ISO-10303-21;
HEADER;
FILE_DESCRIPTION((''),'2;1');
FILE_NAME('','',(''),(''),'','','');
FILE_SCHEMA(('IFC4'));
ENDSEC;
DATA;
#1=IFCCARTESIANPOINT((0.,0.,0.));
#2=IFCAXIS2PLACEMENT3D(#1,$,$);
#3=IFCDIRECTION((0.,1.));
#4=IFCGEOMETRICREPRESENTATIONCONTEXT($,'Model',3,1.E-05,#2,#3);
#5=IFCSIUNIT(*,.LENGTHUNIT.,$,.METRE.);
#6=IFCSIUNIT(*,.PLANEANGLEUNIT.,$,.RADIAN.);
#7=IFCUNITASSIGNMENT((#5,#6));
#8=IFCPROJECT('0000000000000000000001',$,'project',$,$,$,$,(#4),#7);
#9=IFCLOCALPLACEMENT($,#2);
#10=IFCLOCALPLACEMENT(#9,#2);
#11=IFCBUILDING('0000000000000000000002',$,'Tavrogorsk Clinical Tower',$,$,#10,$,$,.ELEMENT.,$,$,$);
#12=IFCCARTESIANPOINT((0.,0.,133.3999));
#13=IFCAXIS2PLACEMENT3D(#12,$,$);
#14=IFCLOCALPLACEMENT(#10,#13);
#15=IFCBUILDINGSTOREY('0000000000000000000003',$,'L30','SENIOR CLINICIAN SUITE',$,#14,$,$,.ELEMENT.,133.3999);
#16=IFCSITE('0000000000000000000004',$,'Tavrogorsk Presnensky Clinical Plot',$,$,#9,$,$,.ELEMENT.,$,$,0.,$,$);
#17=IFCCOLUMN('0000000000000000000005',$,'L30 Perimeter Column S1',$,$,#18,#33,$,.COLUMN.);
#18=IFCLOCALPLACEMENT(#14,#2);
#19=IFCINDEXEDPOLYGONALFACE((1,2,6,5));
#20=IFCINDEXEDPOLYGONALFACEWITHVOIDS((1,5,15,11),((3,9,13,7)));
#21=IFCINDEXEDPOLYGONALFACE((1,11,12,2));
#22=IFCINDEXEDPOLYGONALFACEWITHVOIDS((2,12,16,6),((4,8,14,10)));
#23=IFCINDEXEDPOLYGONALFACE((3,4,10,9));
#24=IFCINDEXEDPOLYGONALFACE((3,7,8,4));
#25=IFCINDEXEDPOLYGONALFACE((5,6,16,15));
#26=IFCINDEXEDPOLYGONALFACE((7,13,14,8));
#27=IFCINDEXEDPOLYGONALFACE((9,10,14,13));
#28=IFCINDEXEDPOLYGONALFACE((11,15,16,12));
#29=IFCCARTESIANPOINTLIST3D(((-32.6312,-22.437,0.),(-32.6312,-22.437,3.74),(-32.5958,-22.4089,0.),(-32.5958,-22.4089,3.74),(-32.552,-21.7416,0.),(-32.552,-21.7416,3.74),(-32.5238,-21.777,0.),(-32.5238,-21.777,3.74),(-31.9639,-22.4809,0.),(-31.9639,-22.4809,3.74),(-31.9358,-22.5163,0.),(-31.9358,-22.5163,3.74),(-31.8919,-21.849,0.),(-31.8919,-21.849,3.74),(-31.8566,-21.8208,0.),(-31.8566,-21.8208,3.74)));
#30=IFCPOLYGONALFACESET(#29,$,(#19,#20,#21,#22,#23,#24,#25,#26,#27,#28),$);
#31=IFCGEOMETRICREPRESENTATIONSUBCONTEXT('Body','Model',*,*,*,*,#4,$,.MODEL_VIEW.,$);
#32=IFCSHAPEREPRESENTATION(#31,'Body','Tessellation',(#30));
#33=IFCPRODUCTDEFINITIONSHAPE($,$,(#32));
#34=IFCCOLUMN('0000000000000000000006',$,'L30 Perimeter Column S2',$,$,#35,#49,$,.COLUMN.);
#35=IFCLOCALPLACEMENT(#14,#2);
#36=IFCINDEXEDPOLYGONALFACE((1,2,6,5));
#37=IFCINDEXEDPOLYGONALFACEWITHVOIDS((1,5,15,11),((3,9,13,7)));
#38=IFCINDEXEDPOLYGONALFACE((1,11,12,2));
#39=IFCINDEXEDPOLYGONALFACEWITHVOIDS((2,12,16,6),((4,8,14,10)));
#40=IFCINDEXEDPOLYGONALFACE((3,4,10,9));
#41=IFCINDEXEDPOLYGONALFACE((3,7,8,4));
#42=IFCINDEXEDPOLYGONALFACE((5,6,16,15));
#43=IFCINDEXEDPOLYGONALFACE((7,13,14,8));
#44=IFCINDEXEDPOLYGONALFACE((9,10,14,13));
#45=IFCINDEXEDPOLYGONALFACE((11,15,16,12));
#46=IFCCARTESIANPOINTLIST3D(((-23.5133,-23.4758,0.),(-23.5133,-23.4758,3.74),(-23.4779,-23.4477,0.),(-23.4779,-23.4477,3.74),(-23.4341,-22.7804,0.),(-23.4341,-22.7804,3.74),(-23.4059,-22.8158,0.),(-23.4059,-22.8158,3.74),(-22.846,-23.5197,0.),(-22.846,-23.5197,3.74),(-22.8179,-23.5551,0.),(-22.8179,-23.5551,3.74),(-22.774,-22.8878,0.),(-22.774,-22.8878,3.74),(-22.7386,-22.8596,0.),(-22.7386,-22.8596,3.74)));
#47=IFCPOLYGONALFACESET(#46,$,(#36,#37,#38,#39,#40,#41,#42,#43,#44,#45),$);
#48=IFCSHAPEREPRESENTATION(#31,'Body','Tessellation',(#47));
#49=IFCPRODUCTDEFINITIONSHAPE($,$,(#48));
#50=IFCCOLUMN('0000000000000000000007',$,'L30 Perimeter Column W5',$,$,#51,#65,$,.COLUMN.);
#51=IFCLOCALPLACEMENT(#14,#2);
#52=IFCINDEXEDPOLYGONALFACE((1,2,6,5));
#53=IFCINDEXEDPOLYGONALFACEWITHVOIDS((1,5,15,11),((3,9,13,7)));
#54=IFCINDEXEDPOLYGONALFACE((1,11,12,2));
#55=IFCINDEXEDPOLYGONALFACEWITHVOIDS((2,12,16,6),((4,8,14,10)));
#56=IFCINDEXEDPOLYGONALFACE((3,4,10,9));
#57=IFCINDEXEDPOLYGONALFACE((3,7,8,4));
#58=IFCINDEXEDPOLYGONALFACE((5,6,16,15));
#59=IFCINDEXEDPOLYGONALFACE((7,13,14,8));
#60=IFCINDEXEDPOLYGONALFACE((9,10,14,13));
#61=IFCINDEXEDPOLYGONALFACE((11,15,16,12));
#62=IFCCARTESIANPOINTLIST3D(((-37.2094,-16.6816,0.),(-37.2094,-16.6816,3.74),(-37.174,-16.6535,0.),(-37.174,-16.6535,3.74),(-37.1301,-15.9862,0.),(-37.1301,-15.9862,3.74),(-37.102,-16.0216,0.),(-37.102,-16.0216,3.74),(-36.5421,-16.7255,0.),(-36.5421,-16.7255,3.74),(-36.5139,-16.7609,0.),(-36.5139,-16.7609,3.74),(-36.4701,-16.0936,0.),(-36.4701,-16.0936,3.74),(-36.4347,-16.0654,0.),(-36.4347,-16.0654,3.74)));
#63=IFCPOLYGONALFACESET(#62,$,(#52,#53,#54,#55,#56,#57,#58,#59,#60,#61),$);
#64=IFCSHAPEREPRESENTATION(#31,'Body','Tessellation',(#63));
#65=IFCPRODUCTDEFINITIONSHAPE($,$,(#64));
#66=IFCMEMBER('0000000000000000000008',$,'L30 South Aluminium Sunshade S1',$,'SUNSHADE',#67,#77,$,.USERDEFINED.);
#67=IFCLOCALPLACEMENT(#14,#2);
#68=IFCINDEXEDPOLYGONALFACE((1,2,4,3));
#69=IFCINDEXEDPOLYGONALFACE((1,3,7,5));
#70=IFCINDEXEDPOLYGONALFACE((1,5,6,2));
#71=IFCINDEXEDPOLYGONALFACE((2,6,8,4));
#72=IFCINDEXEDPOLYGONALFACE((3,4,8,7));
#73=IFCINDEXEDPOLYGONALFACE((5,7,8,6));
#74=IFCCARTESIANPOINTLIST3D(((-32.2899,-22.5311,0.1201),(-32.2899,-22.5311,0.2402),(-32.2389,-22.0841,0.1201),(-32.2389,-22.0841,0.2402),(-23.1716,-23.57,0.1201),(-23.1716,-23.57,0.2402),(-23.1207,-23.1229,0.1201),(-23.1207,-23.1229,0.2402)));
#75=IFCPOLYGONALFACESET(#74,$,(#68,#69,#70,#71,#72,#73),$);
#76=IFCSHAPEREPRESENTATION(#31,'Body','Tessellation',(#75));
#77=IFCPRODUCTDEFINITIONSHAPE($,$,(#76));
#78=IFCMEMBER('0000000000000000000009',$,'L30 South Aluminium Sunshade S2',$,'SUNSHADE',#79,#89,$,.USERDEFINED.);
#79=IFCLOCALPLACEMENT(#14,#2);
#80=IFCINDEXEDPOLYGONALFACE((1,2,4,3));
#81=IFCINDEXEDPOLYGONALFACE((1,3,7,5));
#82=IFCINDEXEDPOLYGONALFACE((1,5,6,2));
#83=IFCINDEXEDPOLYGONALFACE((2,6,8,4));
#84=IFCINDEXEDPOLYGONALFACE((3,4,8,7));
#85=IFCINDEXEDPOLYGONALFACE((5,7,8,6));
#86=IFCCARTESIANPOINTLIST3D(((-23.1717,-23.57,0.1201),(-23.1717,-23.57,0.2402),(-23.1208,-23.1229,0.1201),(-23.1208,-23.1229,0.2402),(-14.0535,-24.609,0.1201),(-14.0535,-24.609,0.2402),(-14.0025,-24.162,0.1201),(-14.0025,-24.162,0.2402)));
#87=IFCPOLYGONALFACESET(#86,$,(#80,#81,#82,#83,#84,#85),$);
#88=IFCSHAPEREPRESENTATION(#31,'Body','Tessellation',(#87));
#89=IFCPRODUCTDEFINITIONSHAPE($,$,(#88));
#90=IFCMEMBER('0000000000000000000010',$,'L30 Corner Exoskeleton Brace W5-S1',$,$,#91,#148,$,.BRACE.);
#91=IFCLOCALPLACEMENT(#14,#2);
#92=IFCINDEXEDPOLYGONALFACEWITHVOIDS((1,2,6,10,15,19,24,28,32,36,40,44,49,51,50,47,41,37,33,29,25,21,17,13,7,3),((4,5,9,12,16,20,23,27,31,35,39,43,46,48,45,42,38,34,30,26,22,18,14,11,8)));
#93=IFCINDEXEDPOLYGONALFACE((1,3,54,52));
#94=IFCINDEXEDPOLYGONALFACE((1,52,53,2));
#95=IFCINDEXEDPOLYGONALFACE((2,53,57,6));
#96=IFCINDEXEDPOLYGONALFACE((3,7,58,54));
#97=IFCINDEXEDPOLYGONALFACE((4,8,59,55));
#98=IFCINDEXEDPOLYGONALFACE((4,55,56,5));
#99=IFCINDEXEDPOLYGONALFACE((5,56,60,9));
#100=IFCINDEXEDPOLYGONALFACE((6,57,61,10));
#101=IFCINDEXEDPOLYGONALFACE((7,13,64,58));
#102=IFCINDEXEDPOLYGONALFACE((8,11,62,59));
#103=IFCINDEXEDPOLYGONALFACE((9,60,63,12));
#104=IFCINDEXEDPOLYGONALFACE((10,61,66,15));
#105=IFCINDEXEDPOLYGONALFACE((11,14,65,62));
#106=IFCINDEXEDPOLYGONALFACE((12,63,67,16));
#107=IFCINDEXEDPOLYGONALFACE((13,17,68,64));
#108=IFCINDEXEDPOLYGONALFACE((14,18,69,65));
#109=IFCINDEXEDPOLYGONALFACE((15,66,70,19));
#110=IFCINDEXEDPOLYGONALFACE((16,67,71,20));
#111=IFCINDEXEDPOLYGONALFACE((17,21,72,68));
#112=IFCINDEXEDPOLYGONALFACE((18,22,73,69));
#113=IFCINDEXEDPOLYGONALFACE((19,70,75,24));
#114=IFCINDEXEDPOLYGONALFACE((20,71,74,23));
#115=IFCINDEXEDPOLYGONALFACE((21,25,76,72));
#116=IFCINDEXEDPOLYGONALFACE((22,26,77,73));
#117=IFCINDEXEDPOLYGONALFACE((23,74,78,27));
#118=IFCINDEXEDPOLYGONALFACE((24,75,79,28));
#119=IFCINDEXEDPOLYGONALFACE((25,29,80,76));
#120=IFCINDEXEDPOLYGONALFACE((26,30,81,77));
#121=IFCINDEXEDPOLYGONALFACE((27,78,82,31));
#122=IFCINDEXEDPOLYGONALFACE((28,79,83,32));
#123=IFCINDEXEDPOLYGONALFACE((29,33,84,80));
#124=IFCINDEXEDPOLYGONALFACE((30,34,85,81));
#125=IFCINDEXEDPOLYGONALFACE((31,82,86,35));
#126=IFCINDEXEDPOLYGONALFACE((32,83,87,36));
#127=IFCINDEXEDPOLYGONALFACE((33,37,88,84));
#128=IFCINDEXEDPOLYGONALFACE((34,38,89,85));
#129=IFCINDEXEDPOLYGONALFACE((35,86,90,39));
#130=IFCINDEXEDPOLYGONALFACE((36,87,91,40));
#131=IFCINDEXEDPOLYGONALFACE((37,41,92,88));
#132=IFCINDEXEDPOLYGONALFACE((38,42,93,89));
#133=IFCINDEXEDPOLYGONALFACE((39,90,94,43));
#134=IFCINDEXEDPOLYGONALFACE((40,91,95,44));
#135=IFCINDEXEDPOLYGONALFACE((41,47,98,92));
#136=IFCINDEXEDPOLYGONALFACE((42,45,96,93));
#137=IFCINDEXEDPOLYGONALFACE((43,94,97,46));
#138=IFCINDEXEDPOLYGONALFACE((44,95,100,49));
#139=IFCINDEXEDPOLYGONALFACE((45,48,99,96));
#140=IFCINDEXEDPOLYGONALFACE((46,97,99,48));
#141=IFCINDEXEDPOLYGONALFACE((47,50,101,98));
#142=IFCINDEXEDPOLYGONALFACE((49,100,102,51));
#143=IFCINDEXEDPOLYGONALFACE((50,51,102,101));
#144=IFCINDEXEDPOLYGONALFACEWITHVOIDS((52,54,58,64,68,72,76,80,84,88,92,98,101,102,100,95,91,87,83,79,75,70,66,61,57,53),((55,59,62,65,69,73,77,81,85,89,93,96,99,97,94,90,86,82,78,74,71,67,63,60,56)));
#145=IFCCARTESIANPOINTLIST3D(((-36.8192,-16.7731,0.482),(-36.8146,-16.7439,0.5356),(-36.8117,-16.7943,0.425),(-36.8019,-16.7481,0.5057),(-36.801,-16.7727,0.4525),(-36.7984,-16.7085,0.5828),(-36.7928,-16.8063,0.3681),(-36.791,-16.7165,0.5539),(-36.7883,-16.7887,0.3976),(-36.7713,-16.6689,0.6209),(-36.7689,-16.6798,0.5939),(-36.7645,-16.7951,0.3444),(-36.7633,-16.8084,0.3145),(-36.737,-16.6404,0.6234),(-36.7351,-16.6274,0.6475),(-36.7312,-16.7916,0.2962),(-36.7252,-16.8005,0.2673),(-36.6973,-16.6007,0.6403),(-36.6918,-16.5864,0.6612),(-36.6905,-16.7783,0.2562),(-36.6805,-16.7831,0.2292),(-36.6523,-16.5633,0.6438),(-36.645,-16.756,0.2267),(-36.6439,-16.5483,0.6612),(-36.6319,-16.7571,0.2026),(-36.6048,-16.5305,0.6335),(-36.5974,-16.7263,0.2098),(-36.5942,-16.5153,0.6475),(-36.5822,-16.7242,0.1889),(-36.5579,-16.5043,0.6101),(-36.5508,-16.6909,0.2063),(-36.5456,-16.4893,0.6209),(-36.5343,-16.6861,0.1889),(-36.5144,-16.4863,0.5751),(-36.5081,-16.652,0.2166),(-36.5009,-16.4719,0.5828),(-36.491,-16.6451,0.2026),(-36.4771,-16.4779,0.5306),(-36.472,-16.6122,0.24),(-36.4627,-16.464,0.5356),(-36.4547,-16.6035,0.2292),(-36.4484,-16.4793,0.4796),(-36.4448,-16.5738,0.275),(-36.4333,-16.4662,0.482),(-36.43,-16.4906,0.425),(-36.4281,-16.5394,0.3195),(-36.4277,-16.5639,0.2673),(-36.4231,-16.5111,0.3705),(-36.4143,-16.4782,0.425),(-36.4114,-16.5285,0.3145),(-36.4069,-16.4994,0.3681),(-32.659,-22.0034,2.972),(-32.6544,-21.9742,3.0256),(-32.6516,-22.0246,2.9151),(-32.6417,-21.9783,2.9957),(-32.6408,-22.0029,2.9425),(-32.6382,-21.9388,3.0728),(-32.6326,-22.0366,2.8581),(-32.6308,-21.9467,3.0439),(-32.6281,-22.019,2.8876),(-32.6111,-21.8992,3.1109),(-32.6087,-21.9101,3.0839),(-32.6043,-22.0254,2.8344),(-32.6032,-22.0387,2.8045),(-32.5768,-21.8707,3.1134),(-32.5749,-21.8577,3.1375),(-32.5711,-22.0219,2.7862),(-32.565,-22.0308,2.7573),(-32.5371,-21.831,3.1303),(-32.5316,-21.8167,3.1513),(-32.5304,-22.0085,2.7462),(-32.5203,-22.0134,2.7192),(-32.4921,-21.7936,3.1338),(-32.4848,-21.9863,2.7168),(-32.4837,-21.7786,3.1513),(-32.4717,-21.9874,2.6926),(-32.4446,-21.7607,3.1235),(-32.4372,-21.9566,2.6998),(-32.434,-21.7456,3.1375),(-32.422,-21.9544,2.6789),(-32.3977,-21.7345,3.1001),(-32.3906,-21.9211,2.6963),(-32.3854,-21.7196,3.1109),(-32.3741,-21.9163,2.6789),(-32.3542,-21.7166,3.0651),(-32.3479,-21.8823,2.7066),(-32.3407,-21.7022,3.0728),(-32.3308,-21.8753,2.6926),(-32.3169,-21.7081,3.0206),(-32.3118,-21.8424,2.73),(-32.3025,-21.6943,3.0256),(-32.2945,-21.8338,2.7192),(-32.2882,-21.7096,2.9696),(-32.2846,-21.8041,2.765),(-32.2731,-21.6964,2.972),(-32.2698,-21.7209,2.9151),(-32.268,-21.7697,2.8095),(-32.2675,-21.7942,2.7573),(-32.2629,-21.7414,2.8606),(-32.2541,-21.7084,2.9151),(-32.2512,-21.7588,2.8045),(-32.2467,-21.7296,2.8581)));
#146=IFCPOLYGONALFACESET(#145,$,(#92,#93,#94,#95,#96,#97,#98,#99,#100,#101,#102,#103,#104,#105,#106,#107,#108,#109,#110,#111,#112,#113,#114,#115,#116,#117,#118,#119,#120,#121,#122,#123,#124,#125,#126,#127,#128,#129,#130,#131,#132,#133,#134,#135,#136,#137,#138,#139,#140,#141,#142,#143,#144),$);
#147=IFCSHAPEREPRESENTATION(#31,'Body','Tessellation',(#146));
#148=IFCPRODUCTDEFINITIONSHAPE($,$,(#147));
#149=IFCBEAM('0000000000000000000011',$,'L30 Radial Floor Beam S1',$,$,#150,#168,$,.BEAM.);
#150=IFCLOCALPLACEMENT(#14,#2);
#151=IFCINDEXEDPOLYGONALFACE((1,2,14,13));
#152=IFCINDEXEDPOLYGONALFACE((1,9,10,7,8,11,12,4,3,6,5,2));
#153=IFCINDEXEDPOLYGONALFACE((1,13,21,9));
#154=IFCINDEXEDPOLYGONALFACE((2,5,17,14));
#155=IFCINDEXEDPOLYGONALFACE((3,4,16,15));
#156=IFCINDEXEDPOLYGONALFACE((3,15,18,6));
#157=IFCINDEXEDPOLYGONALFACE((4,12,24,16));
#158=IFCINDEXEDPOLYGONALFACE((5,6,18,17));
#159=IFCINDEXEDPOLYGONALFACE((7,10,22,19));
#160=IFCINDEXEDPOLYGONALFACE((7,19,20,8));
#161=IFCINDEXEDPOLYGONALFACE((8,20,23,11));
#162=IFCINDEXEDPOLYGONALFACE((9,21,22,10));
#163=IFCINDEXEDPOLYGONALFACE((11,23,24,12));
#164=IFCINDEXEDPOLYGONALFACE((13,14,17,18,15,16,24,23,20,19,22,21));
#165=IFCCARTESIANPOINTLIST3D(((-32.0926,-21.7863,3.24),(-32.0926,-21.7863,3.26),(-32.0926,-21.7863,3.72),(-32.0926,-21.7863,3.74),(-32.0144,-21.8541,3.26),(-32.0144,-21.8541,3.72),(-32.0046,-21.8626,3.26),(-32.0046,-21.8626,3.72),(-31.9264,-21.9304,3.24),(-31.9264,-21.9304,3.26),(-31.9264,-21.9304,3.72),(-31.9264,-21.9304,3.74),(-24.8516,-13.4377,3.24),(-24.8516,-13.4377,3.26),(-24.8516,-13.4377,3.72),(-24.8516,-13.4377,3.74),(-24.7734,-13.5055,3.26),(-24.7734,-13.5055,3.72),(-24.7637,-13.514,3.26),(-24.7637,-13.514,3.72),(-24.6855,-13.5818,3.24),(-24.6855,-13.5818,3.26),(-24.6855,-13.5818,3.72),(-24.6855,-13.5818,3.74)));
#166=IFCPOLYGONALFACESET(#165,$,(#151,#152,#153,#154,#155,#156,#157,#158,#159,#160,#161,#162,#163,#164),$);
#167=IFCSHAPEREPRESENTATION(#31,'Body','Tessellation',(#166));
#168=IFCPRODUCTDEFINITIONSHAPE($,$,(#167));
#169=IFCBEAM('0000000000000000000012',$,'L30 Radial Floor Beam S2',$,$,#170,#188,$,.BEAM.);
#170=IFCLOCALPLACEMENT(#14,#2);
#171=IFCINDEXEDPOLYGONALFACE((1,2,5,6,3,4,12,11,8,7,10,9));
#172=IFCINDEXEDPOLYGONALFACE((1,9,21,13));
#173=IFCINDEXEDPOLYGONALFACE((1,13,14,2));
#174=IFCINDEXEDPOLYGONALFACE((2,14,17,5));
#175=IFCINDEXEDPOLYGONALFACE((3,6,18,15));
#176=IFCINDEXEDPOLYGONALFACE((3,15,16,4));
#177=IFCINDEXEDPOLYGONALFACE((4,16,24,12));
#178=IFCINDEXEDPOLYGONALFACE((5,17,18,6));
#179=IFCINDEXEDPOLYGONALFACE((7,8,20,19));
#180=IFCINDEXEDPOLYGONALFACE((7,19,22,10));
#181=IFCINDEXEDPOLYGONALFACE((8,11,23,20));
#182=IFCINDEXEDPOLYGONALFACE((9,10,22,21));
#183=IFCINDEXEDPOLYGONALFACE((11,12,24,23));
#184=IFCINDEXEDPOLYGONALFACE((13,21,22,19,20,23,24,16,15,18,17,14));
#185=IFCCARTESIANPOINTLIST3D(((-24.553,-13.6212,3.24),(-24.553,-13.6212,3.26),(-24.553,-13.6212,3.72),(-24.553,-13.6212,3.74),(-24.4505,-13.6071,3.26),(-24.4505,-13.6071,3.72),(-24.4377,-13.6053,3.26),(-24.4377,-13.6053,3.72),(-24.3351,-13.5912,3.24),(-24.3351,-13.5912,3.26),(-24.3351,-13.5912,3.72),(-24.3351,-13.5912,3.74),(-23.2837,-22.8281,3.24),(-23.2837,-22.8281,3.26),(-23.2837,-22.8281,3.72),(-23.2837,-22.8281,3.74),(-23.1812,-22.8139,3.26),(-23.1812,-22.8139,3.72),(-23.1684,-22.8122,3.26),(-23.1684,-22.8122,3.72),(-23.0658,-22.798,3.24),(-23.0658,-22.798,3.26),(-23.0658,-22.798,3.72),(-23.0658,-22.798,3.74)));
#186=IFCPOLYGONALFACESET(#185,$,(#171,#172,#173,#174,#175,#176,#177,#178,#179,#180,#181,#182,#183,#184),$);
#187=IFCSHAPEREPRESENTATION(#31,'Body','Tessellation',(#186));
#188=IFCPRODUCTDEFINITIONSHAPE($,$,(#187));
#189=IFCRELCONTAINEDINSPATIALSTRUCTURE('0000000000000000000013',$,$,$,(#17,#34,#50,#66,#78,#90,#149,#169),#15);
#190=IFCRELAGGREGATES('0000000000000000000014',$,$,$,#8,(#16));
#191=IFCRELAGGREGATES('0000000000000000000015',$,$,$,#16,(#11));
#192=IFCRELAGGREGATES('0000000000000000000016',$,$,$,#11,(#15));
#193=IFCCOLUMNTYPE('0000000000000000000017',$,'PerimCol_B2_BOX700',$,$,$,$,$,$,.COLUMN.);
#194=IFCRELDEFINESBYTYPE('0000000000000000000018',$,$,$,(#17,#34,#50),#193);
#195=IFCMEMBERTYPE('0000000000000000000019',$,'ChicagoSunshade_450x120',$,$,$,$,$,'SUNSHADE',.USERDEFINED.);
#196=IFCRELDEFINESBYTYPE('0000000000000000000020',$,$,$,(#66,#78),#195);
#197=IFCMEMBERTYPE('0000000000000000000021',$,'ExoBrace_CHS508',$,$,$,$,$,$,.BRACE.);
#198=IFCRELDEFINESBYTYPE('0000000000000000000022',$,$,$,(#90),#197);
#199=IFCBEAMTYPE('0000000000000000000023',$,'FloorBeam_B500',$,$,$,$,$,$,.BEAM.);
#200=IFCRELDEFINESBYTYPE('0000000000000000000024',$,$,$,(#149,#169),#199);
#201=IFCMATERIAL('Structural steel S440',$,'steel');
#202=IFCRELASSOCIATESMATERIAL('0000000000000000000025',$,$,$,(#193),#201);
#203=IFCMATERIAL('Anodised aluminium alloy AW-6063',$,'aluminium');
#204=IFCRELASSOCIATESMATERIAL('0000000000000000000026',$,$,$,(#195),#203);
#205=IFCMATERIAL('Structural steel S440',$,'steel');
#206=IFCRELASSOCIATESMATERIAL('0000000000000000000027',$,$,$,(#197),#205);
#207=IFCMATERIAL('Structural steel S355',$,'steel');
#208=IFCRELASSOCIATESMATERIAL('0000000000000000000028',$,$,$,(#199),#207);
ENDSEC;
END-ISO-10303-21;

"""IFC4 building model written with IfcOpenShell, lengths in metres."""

from ifc_helpers import new_model, si_unit, direction, frame, origin, origin_2d, place, context, subcontext, project, spatial, rectangle, hollow_rectangle, hollow_circle, i_section, extrude, material, material_profile, profile_set, type_object, element, save


model = new_model("IFC4")

# Units and contexts
model_context = context("Model", 3, precision=1e-05, world=origin(), true_north=direction((0.0, 1.0)))
body_context = subcontext(model_context, "Body", "Model", "MODEL_VIEW")
ifc_project = project(units=[si_unit("LENGTHUNIT", "METRE"), si_unit("PLANEANGLEUNIT", "RADIAN")], contexts=[model_context])

# Site, building, storey
site_placement = place(None, origin())
site = spatial("IfcSite", under=ifc_project, at=site_placement, Name="Tavrogorsk Presnensky Clinical Plot", CompositionType="ELEMENT", RefElevation=0.0)
building_placement = place(site_placement, origin())
building = spatial("IfcBuilding", under=site, at=building_placement, Name="Tavrogorsk Clinical Tower", CompositionType="ELEMENT")
storey_placement = place(building_placement, frame((0.0, 0.0, 133.3999)))
storey = spatial("IfcBuildingStorey", under=building, at=storey_placement, Name="L30", Description="SENIOR CLINICIAN SUITE", CompositionType="ELEMENT", Elevation=133.3999)

# Columns
ifc_material_1 = material(Name="Structural steel S440", Category="steel")
ifc_material_profile_1 = material_profile(ifc_material_1, hollow_rectangle(XDim=0.7, YDim=0.7, WallThickness=0.032, at=origin_2d()), Name="BOX-700x700x32")
ifc_profile_set_1 = profile_set([ifc_material_profile_1], Name="Structural steel S440")
column_type = type_object("IfcColumnType", Name="PerimCol_B2_BOX700", PredefinedType="COLUMN", material=ifc_profile_set_1)
for number, where, z_axis, x_axis, name in (
    (1, (-32.2439, -22.1289, 0.0), (0.0, 0.0, 1.0), (0.993572, -0.113203, 0.0), "L30 Perimeter Column S1"),
    (2, (-23.126, -23.1677, 0.0), (0.0, 0.0, 1.0), (0.993572, -0.113203, 0.0), "L30 Perimeter Column S2"),
    (3, (-36.822, -16.3735, 0.0), (0.0, 0.0, 1.0), (0.993572, -0.113203, 0.0), "L30 Perimeter Column W5"),
):
    element("IfcColumn", number, at=place(storey_placement, frame(where, z_axis=z_axis, x_axis=x_axis)), inside=storey, type_object=column_type, Name=name, PredefinedType="COLUMN", context=body_context, shape_type="SweptSolid", body=[
        extrude(hollow_rectangle(XDim=0.7, YDim=0.7, WallThickness=0.032, at=origin_2d()), origin(), (0.0, 0.0, 1.0), 3.74),
    ])

# Members
ifc_material_2 = material(Name="Anodised aluminium alloy AW-6063", Category="aluminium")
ifc_material_profile_2 = material_profile(ifc_material_2, rectangle(XDim=0.45, YDim=0.1201, at=origin_2d()), Name="ALU-SUNSHADE-450x120")
ifc_profile_set_2 = profile_set([ifc_material_profile_2], Name="Anodised aluminium alloy AW-6063")
member_type_1 = type_object("IfcMemberType", Name="ChicagoSunshade_450x120", ElementType="SUNSHADE", PredefinedType="USERDEFINED", material=ifc_profile_set_2)
for number, where, z_axis, x_axis, name in (
    (4, (-32.2644, -22.3076, 0.1802), (0.993573, -0.113196, 0.0), (0.113196, 0.993573, 0.0), "L30 South Aluminium Sunshade S1"),
    (5, (-23.1462, -23.3464, 0.1802), (0.99357, -0.113222, 0.0), (0.113222, 0.99357, 0.0), "L30 South Aluminium Sunshade S2"),
):
    element("IfcMember", number, at=place(storey_placement, frame(where, z_axis=z_axis, x_axis=x_axis)), inside=storey, type_object=member_type_1, Name=name, ObjectType="SUNSHADE", PredefinedType="USERDEFINED", context=body_context, shape_type="SweptSolid", body=[
        extrude(rectangle(XDim=0.45, YDim=0.1201, at=origin_2d()), origin(), (0.0, 0.0, 1.0), 9.1772),
    ])
ifc_material_3 = material(Name="Structural steel S440", Category="steel")
ifc_material_profile_3 = material_profile(ifc_material_3, hollow_circle(Radius=0.2539, WallThickness=0.02, at=origin_2d()), Name="CHS-508x20")
ifc_profile_set_3 = profile_set([ifc_material_profile_3], Name="Structural steel S440")
member_type_2 = type_object("IfcMemberType", Name="ExoBrace_CHS508", PredefinedType="BRACE", material=ifc_profile_set_3)
member_1_placement = place(storey_placement, frame((-36.613, -16.6362, 0.425), z_axis=(0.583327, -0.733369, 0.34914), x_axis=(0.782619, 0.622501, 0.0)))
element("IfcMember", 6, at=member_1_placement, inside=storey, type_object=member_type_2, Name="L30 Corner Exoskeleton Brace W5-S1", PredefinedType="BRACE", context=body_context, shape_type="SweptSolid", body=[
    extrude(hollow_circle(Radius=0.2539, WallThickness=0.02, at=origin_2d()), origin(), (0.0, 0.0, 1.0), 7.1318),
])

# Beams
ifc_material_4 = material(Name="Structural steel S355", Category="steel")
ifc_material_profile_4 = material_profile(ifc_material_4, i_section(OverallWidth=0.22, OverallDepth=0.5, WebThickness=0.0129, FlangeThickness=0.02, at=origin_2d()), Name="B-500x220x13x20")
ifc_profile_set_4 = profile_set([ifc_material_profile_4], Name="Structural steel S355")
beam_type_1 = type_object("IfcBeamType", Name="FloorBeam_B500", PredefinedType="BEAM", material=ifc_profile_set_4)
beam_1_placement = place(storey_placement, frame((-24.7686, -13.5098, 3.49), z_axis=(-0.655214, -0.755443, 0.0), x_axis=(0.755443, -0.655214, 0.0)))
element("IfcBeam", 7, at=beam_1_placement, inside=storey, type_object=beam_type_1, Name="L30 Radial Floor Beam S1", PredefinedType="BEAM", context=body_context, shape_type="SweptSolid", body=[
    extrude(i_section(OverallWidth=0.22, OverallDepth=0.5, WebThickness=0.0129, FlangeThickness=0.02, at=origin_2d()), origin(), (0.0, 0.0, 1.0), 11.0513),
])
beam_2_placement = place(storey_placement, frame((-24.4441, -13.6062, 3.49), z_axis=(0.136573, -0.99063, 0.0), x_axis=(0.99063, 0.136573, 0.0)))
element("IfcBeam", 8, at=beam_2_placement, inside=storey, type_object=beam_type_1, Name="L30 Radial Floor Beam S2", PredefinedType="BEAM", context=body_context, shape_type="SweptSolid", body=[
    extrude(i_section(OverallWidth=0.22, OverallDepth=0.5, WebThickness=0.0129, FlangeThickness=0.02, at=origin_2d()), origin(), (0.0, 0.0, 1.0), 9.2939),
])

save(model, "model.ifc")
